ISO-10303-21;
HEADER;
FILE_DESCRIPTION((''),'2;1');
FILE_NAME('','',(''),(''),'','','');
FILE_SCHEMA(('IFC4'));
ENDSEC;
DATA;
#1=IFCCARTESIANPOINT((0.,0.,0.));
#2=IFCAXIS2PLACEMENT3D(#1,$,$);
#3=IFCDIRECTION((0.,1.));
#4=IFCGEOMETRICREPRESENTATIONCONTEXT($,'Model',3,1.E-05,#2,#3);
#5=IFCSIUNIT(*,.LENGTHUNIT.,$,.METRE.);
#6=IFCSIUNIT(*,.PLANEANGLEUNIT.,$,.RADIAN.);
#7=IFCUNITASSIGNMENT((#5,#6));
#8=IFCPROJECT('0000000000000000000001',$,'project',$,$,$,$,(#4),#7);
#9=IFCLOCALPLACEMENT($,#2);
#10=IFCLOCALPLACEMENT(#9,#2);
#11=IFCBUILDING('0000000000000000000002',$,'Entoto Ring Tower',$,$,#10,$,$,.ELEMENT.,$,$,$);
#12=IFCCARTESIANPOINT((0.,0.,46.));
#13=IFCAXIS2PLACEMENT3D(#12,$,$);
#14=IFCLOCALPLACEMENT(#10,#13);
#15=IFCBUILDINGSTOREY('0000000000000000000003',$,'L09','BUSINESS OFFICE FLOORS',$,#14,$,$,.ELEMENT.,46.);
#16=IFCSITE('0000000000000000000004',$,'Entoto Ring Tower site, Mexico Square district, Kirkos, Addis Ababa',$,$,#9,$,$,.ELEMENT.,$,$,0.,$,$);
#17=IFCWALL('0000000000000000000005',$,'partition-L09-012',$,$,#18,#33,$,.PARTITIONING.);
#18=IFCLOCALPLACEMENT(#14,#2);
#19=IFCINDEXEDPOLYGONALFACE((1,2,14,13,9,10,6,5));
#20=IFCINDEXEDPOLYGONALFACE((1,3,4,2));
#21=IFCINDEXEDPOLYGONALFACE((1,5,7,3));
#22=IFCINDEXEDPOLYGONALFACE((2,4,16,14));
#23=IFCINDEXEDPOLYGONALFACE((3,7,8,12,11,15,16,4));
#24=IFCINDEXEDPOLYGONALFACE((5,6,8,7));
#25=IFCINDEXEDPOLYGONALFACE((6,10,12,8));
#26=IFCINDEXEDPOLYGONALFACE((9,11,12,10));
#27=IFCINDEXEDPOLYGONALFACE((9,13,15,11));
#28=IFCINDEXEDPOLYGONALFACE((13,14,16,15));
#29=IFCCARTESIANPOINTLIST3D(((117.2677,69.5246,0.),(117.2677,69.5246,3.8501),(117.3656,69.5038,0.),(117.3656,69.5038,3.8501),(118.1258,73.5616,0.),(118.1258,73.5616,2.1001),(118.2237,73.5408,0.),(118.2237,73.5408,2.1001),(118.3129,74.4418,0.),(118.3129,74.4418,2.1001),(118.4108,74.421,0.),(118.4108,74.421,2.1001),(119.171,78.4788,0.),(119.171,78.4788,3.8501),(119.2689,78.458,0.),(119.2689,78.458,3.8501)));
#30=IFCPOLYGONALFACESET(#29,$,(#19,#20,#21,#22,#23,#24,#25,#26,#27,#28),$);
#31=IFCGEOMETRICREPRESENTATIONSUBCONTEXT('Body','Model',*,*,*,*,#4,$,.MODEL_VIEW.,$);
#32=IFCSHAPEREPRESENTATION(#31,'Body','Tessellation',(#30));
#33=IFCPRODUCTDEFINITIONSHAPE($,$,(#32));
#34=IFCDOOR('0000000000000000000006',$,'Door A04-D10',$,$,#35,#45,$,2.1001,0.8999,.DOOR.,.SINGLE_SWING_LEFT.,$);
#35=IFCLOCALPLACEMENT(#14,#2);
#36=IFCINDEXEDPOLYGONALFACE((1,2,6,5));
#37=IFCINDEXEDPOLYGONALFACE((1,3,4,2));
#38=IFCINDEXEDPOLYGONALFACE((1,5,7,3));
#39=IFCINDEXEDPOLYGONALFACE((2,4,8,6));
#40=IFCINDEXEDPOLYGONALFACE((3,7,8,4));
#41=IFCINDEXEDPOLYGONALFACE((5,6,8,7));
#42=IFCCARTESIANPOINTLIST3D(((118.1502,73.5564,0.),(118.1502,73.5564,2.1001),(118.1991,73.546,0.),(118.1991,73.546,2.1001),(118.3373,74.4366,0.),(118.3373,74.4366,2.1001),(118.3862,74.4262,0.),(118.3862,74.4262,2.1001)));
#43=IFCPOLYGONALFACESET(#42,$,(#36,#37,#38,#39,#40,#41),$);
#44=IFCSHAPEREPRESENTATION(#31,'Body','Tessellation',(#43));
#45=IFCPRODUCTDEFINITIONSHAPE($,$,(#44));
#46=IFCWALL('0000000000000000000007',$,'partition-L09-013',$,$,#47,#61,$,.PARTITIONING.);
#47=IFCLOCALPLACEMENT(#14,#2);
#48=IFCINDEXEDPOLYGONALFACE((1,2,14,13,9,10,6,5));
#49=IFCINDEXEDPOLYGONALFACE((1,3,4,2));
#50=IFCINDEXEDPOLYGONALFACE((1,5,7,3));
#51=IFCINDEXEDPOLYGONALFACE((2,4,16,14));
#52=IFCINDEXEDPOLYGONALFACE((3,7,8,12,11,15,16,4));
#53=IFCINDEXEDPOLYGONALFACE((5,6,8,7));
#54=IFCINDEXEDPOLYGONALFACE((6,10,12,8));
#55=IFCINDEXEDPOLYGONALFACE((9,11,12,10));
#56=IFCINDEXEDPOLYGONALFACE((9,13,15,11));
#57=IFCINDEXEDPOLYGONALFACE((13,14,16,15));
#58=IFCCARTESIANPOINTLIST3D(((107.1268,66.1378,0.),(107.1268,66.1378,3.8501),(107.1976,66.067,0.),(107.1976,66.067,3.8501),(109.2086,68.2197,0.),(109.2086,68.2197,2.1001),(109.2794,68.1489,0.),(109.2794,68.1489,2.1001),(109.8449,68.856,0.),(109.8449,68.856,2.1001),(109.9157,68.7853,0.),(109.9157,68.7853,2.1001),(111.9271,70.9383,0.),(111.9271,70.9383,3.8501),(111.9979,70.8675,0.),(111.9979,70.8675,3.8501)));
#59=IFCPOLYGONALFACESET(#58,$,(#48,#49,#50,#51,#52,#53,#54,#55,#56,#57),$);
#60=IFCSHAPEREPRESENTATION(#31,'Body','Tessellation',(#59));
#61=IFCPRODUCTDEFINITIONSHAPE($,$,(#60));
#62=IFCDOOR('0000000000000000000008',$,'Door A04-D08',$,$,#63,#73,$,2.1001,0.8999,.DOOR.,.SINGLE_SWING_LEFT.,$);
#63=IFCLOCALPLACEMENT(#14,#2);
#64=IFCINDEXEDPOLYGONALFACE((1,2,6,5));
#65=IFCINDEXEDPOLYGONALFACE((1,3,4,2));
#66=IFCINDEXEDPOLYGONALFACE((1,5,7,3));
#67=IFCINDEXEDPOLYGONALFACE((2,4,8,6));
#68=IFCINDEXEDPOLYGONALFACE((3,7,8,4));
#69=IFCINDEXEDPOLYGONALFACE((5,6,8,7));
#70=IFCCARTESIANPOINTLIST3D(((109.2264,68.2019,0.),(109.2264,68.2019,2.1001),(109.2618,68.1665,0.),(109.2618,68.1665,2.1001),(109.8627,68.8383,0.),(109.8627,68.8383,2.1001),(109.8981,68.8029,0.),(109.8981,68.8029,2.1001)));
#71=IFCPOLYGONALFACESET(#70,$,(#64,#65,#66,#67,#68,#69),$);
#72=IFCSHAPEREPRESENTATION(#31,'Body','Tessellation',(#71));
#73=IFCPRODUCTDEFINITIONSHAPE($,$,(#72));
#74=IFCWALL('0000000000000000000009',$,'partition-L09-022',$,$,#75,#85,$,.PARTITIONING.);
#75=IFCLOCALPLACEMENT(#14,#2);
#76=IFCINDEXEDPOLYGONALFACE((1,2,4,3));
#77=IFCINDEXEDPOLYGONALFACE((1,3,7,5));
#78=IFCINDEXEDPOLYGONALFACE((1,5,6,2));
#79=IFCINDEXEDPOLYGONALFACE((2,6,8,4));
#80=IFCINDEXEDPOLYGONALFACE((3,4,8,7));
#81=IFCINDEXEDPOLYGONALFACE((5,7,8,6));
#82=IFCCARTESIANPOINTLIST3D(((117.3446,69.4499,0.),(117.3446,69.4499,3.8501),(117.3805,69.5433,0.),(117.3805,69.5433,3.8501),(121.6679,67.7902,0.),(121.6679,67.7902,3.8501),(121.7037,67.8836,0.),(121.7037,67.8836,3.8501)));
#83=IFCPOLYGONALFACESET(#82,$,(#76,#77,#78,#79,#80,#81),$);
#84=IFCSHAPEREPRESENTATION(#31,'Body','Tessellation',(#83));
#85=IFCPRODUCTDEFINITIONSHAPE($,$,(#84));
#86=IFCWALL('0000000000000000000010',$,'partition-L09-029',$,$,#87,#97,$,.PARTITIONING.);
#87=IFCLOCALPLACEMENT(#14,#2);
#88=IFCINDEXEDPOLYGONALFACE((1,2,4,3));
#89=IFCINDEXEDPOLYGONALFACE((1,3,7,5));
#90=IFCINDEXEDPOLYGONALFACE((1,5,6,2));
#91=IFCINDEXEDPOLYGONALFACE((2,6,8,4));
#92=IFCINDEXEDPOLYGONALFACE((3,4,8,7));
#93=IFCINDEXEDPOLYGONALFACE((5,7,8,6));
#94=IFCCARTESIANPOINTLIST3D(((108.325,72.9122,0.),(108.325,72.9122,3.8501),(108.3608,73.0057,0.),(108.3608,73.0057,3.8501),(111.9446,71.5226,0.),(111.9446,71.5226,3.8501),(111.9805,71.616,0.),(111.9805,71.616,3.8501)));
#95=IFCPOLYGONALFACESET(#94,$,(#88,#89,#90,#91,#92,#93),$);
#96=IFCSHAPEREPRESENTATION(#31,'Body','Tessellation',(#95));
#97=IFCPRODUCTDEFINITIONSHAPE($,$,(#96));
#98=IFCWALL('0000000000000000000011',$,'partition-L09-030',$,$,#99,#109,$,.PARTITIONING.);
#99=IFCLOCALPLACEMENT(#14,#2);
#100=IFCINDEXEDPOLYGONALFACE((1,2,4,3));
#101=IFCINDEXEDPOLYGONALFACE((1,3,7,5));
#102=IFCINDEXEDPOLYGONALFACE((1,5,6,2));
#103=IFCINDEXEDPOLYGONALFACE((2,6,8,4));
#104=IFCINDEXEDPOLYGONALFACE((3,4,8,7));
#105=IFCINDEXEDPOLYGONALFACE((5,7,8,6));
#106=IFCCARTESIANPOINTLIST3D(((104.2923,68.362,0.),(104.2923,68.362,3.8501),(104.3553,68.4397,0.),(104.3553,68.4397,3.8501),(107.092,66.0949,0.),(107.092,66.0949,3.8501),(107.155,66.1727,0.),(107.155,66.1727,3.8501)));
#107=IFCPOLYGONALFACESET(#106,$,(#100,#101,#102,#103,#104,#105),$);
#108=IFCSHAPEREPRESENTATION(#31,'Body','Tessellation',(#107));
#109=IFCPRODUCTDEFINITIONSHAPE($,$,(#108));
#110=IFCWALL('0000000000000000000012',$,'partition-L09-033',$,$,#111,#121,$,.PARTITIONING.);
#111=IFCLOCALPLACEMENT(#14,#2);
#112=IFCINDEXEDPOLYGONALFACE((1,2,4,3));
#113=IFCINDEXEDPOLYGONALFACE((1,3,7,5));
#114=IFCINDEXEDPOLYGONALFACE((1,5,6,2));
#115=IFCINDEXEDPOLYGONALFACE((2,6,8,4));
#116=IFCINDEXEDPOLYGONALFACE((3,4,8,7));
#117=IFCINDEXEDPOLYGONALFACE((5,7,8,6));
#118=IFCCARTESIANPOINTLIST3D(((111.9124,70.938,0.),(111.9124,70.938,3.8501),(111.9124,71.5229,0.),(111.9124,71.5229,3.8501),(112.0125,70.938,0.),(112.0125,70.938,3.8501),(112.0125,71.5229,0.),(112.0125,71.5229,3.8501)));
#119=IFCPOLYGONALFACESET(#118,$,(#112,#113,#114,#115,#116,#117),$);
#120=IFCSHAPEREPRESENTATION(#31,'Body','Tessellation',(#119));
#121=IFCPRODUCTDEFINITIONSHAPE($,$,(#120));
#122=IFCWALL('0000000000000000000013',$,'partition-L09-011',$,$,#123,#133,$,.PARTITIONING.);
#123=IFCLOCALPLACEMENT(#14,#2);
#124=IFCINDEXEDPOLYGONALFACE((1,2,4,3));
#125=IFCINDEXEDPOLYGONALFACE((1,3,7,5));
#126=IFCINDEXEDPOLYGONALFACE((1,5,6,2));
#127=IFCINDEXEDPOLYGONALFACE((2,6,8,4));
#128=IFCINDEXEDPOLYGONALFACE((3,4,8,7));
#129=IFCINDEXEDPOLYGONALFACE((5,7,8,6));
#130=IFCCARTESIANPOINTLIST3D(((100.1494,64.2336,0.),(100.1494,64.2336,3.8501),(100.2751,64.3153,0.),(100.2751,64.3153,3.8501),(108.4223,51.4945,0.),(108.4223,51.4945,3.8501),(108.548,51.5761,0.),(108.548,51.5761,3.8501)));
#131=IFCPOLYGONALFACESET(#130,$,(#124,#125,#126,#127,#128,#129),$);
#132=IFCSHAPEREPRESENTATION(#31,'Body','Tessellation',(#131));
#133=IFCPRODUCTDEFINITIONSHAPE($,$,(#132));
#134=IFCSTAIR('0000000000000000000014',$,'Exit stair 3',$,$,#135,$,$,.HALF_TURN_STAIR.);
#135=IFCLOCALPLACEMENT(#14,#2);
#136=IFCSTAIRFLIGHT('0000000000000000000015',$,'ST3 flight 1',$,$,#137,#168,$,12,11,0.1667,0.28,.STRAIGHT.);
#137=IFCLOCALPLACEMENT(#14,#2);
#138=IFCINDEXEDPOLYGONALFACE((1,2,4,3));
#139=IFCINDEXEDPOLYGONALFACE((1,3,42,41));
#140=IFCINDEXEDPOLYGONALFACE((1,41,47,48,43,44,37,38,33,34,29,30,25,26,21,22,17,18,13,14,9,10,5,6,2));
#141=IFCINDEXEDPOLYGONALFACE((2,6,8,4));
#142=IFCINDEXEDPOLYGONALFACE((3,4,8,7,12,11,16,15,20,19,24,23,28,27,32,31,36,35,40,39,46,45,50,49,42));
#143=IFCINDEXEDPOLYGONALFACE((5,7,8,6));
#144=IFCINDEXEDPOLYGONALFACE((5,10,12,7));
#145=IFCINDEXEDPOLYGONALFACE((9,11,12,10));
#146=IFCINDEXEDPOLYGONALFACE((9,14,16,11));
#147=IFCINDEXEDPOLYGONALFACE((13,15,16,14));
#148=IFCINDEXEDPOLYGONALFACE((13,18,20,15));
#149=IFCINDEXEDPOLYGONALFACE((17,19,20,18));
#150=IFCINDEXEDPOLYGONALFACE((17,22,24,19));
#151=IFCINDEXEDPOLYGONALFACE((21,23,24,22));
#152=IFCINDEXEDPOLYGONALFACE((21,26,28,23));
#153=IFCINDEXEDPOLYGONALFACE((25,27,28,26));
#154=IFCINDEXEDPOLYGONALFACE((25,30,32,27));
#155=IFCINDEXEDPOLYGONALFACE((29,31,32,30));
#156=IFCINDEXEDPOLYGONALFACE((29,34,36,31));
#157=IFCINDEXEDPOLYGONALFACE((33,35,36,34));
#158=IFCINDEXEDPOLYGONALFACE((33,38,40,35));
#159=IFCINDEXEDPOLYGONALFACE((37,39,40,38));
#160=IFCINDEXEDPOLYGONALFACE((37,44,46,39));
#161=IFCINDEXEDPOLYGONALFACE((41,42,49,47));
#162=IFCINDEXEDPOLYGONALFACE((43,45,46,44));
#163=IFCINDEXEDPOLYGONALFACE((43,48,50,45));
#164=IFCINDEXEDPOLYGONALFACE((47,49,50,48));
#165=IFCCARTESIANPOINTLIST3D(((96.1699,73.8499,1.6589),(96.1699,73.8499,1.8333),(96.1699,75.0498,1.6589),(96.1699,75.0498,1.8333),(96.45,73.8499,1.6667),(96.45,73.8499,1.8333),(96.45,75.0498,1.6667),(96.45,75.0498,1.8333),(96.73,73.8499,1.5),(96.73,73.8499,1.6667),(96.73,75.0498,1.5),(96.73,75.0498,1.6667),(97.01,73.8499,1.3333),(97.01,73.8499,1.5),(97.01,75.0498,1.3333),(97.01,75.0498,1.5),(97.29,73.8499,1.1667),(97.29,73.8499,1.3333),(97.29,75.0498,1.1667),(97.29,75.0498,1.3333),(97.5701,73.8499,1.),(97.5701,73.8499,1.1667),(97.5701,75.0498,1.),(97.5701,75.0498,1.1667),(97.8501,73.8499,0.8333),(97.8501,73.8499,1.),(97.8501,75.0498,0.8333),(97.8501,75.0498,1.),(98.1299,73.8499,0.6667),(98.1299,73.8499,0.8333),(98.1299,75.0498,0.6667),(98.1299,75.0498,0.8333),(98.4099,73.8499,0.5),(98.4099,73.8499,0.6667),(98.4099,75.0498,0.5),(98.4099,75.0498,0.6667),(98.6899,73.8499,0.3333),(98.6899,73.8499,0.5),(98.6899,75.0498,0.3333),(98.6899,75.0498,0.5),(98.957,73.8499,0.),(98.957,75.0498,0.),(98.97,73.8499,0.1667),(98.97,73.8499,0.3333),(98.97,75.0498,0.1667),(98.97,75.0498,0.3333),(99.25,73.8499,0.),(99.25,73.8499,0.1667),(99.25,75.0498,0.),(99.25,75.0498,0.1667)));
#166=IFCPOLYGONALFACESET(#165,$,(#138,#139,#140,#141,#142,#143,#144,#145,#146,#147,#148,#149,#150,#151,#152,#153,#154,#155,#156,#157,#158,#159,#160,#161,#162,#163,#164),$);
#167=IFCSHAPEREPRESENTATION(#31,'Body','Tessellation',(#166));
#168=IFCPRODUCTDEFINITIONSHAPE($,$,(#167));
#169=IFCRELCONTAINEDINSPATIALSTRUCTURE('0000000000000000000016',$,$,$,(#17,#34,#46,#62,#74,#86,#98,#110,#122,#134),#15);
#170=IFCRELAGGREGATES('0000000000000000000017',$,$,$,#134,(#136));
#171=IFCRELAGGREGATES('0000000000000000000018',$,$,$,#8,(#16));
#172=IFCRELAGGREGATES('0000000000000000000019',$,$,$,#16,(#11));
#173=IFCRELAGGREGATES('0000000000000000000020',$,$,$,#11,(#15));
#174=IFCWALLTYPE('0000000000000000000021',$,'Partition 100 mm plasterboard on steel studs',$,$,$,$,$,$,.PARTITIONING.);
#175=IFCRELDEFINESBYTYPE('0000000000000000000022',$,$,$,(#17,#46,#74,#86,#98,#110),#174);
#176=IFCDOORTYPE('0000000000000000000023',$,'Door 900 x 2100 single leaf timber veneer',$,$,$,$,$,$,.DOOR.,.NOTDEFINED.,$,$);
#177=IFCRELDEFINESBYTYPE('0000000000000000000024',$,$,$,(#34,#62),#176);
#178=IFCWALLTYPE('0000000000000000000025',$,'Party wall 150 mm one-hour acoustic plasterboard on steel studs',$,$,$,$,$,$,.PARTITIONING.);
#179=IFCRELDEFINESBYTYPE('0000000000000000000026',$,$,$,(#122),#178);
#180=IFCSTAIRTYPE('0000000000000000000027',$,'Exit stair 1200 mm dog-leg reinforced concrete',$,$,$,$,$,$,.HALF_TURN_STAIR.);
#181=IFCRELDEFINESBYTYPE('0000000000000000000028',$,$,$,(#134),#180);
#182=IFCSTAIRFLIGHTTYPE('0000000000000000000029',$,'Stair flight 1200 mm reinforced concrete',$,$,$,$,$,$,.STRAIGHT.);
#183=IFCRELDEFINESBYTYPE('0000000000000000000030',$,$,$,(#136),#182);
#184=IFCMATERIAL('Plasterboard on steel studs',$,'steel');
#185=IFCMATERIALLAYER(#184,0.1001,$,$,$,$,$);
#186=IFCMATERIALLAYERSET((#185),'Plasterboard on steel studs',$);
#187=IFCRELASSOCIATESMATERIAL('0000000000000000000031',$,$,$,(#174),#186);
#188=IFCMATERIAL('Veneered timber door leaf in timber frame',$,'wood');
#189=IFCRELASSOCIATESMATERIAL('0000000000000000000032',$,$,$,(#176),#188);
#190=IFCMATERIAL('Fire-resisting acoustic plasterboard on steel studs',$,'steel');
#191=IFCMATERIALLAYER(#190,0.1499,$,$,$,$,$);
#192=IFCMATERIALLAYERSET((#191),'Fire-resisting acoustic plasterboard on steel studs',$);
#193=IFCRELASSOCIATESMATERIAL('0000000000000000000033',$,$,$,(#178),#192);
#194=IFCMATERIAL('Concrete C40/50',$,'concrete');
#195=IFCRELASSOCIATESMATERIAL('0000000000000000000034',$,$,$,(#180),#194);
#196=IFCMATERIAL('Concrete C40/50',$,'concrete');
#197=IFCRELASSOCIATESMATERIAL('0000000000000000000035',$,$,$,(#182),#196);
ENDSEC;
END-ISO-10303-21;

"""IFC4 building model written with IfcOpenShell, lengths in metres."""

from ifc_helpers import new_model, si_unit, direction, frame, frame_2d, origin, place, context, subcontext, project, spatial, polyline, rectangle, outline, extrude, material, layer, layer_set, type_object, element, fill, aggregate, save


model = new_model("IFC4")

# Units and contexts
model_context = context("Model", 3, precision=1e-05, world=origin(), true_north=direction((0.0, 1.0)))
body_context = subcontext(model_context, "Body", "Model", "MODEL_VIEW")
ifc_project = project(units=[si_unit("LENGTHUNIT", "METRE"), si_unit("PLANEANGLEUNIT", "RADIAN")], contexts=[model_context])

# Site, building, storey
site_placement = place(None, origin())
site = spatial("IfcSite", under=ifc_project, at=site_placement, Name="Entoto Ring Tower site, Mexico Square district, Kirkos, Addis Ababa", CompositionType="ELEMENT", RefElevation=0.0)
building_placement = place(site_placement, origin())
building = spatial("IfcBuilding", under=site, at=building_placement, Name="Entoto Ring Tower", CompositionType="ELEMENT")
storey_placement = place(building_placement, frame((0.0, 0.0, 46.0)))
storey = spatial("IfcBuildingStorey", under=building, at=storey_placement, Name="L09", Description="BUSINESS OFFICE FLOORS", CompositionType="ELEMENT", Elevation=46.0)

# Walls, openings, doors
ifc_material_1 = material(Name="Plasterboard on steel studs", Category="steel")
ifc_layer_1 = layer(ifc_material_1, 0.1001)
ifc_layer_set_1 = layer_set([ifc_layer_1], Name="Plasterboard on steel studs")
wall_type_1 = type_object("IfcWallType", Name="Partition 100 mm plasterboard on steel studs", PredefinedType="PARTITIONING", material=ifc_layer_set_1)
wall_1_placement = place(storey_placement, frame((117.3167, 69.5142, 0.0), z_axis=(0.0, 0.0, 1.0), x_axis=(0.207913, 0.978147, 0.0)))
wall_1 = element("IfcWall", 1, at=wall_1_placement, inside=storey, type_object=wall_type_1, Name="partition-L09-012", PredefinedType="PARTITIONING", context=body_context, shape_type="SweptSolid", body=[
    extrude(rectangle(XDim=9.1543, YDim=0.1001, at=frame_2d((4.5771, 0.0))), origin(), (0.0, 0.0, 1.0), 3.8501),
])
opening_1_placement = place(wall_1_placement, frame((4.1272, 0.0, 0.0)))
opening_1 = element("IfcOpeningElement", 2, at=opening_1_placement, cuts=wall_1, PredefinedType="OPENING", context=body_context, shape_type="SweptSolid", body=[
    extrude(rectangle(XDim=0.8999, YDim=2.1001, at=frame_2d((0.45, 1.05))), frame((0.0, 0.0601, 0.0), z_axis=(0.0, -1.0, 0.0), x_axis=(1.0, 0.0, 0.0)), (0.0, 0.0, 1.0), 0.1201),
])
ifc_material_2 = material(Name="Veneered timber door leaf in timber frame", Category="wood")
door_type_1 = type_object("IfcDoorType", Name="Door 900 x 2100 single leaf timber veneer", OperationType="NOTDEFINED", PredefinedType="DOOR", material=ifc_material_2)
door_1_placement = place(opening_1_placement, frame((0.8999, 0.0, 0.0), z_axis=(0.0, 0.0, 1.0), x_axis=(-1.0, 0.0, 0.0)))
door_1 = element("IfcDoor", 3, at=door_1_placement, inside=storey, type_object=door_type_1, Name="Door A04-D10", OperationType="SINGLE_SWING_LEFT", OverallHeight=2.1001, OverallWidth=0.8999, PredefinedType="DOOR", context=body_context, shape_type="SweptSolid", body=[
    extrude(rectangle(XDim=0.8999, YDim=2.1001, at=frame_2d((0.45, 1.05))), frame((0.0, 0.0249, 0.0), z_axis=(0.0, -1.0, 0.0), x_axis=(1.0, 0.0, 0.0)), (0.0, 0.0, 1.0), 0.05),
])
fill(opening_1, door_1)
wall_2_placement = place(storey_placement, frame((107.1621, 66.1023, 0.0), z_axis=(0.0, 0.0, 1.0), x_axis=(0.707089, 0.707125, 0.0)))
wall_2 = element("IfcWall", 4, at=wall_2_placement, inside=storey, type_object=wall_type_1, Name="partition-L09-013", PredefinedType="PARTITIONING", context=body_context, shape_type="SweptSolid", body=[
    extrude(rectangle(XDim=6.7888, YDim=0.1001, at=frame_2d((3.3945, 0.0))), origin(), (0.0, 0.0, 1.0), 3.8501),
])
opening_2_placement = place(wall_2_placement, frame((2.9443, 0.0, 0.0)))
opening_2 = element("IfcOpeningElement", 5, at=opening_2_placement, cuts=wall_2, PredefinedType="OPENING", context=body_context, shape_type="SweptSolid", body=[
    extrude(rectangle(XDim=0.8999, YDim=2.1001, at=frame_2d((0.45, 1.05))), frame((0.0, 0.0601, 0.0), z_axis=(0.0, -1.0, 0.0), x_axis=(1.0, 0.0, 0.0)), (0.0, 0.0, 1.0), 0.1201),
])
door_2_placement = place(opening_2_placement, origin())
door_2 = element("IfcDoor", 6, at=door_2_placement, inside=storey, type_object=door_type_1, Name="Door A04-D08", OperationType="SINGLE_SWING_LEFT", OverallHeight=2.1001, OverallWidth=0.8999, PredefinedType="DOOR", context=body_context, shape_type="SweptSolid", body=[
    extrude(rectangle(XDim=0.8999, YDim=2.1001, at=frame_2d((0.45, 1.05))), frame((0.0, 0.0249, 0.0), z_axis=(0.0, -1.0, 0.0), x_axis=(1.0, 0.0, 0.0)), (0.0, 0.0, 1.0), 0.05),
])
fill(opening_2, door_2)

# Walls
wall_3_placement = place(storey_placement, frame((121.6858, 67.8369, 0.0), z_axis=(0.0, 0.0, 1.0), x_axis=(-0.933571, 0.358393, 0.0)))
element("IfcWall", 7, at=wall_3_placement, inside=storey, type_object=wall_type_1, Name="partition-L09-022", PredefinedType="PARTITIONING", context=body_context, shape_type="SweptSolid", body=[
    extrude(rectangle(XDim=4.6309, YDim=0.1001, at=frame_2d((2.3154, 0.0))), origin(), (0.0, 0.0, 1.0), 3.8501),
])
wall_4_placement = place(storey_placement, frame((111.9624, 71.5693, 0.0), z_axis=(0.0, 0.0, 1.0), x_axis=(-0.933563, 0.358414, 0.0)))
element("IfcWall", 8, at=wall_4_placement, inside=storey, type_object=wall_type_1, Name="partition-L09-029", PredefinedType="PARTITIONING", context=body_context, shape_type="SweptSolid", body=[
    extrude(rectangle(XDim=3.8772, YDim=0.1001, at=frame_2d((1.9385, 0.0))), origin(), (0.0, 0.0, 1.0), 3.8501),
])
wall_5_placement = place(storey_placement, frame((107.1235, 66.1338, 0.0), z_axis=(0.0, 0.0, 1.0), x_axis=(-0.777166, 0.629296, 0.0)))
element("IfcWall", 9, at=wall_5_placement, inside=storey, type_object=wall_type_1, Name="partition-L09-030", PredefinedType="PARTITIONING", context=body_context, shape_type="SweptSolid", body=[
    extrude(rectangle(XDim=3.6025, YDim=0.1001, at=frame_2d((1.8013, 0.0))), origin(), (0.0, 0.0, 1.0), 3.8501),
])
wall_6_placement = place(storey_placement, frame((111.9624, 70.938, 0.0), z_axis=(0.0, 0.0, 1.0), x_axis=(0.0, 1.0, 0.0)))
element("IfcWall", 10, at=wall_6_placement, inside=storey, type_object=wall_type_1, Name="partition-L09-033", PredefinedType="PARTITIONING", context=body_context, shape_type="SweptSolid", body=[
    extrude(rectangle(XDim=0.585, YDim=0.1001, at=frame_2d((0.2925, 0.0))), origin(), (0.0, 0.0, 1.0), 3.8501),
])
ifc_material_3 = material(Name="Fire-resisting acoustic plasterboard on steel studs", Category="steel")
ifc_layer_2 = layer(ifc_material_3, 0.1499)
ifc_layer_set_2 = layer_set([ifc_layer_2], Name="Fire-resisting acoustic plasterboard on steel studs")
wall_type_2 = type_object("IfcWallType", Name="Party wall 150 mm one-hour acoustic plasterboard on steel studs", PredefinedType="PARTITIONING", material=ifc_layer_set_2)
wall_7_placement = place(storey_placement, frame((108.4851, 51.5354, 0.0), z_axis=(0.0, 0.0, 1.0), x_axis=(-0.544638, 0.838671, 0.0)))
element("IfcWall", 11, at=wall_7_placement, inside=storey, type_object=wall_type_2, Name="partition-L09-011", PredefinedType="PARTITIONING", context=body_context, shape_type="SweptSolid", body=[
    extrude(rectangle(XDim=15.1897, YDim=0.1499, at=frame_2d((7.5947, 0.0))), origin(), (0.0, 0.0, 1.0), 3.8501),
])

# Stair, stair flight
ifc_material_4 = material(Name="Concrete C40/50", Category="concrete")
stair_type = type_object("IfcStairType", Name="Exit stair 1200 mm dog-leg reinforced concrete", PredefinedType="HALF_TURN_STAIR", material=ifc_material_4)
stair_placement = place(storey_placement, origin())
stair = element("IfcStair", 12, at=stair_placement, inside=storey, type_object=stair_type, Name="Exit stair 3", PredefinedType="HALF_TURN_STAIR")
ifc_material_5 = material(Name="Concrete C40/50", Category="concrete")
stair_flight_type = type_object("IfcStairFlightType", Name="Stair flight 1200 mm reinforced concrete", PredefinedType="STRAIGHT", material=ifc_material_5)
stair_flight_placement = place(storey_placement, frame((99.25, 74.45, 0.0), z_axis=(0.0, 0.0, 1.0), x_axis=(-1.0, 0.0, 0.0)))
stair_flight = element("IfcStairFlight", 13, at=stair_flight_placement, type_object=stair_flight_type, Name="ST3 flight 1", NumberOfRisers=12, NumberOfTreads=11, PredefinedType="STRAIGHT", RiserHeight=0.1667, TreadLength=0.28, context=body_context, shape_type="SweptSolid", body=[
    extrude(outline(polyline([(0.0, 0.0), (0.0, 0.1667), (0.28, 0.1667), (0.28, 0.3333), (0.5601, 0.3333), (0.5601, 0.5), (0.8401, 0.5), (0.8401, 0.6667), (1.1201, 0.6667), (1.1201, 0.8333), (1.3999, 0.8333), (1.3999, 1.0), (1.6799, 1.0), (1.6799, 1.1667), (1.96, 1.1667), (1.96, 1.3333), (2.24, 1.3333), (2.24, 1.5), (2.52, 1.5), (2.52, 1.6667), (2.8, 1.6667), (2.8, 1.8333), (3.0801, 1.8333), (3.0801, 2.0), (3.0801, 1.6589), (0.293, 0.0), (0.0, 0.0)])), frame((0.0, 0.6001, 0.0), z_axis=(0.0, -1.0, 0.0), x_axis=(1.0, 0.0, 0.0)), (0.0, 0.0, 1.0), 1.2),
])
aggregate(stair, [stair_flight])

save(model, "model.ifc")
